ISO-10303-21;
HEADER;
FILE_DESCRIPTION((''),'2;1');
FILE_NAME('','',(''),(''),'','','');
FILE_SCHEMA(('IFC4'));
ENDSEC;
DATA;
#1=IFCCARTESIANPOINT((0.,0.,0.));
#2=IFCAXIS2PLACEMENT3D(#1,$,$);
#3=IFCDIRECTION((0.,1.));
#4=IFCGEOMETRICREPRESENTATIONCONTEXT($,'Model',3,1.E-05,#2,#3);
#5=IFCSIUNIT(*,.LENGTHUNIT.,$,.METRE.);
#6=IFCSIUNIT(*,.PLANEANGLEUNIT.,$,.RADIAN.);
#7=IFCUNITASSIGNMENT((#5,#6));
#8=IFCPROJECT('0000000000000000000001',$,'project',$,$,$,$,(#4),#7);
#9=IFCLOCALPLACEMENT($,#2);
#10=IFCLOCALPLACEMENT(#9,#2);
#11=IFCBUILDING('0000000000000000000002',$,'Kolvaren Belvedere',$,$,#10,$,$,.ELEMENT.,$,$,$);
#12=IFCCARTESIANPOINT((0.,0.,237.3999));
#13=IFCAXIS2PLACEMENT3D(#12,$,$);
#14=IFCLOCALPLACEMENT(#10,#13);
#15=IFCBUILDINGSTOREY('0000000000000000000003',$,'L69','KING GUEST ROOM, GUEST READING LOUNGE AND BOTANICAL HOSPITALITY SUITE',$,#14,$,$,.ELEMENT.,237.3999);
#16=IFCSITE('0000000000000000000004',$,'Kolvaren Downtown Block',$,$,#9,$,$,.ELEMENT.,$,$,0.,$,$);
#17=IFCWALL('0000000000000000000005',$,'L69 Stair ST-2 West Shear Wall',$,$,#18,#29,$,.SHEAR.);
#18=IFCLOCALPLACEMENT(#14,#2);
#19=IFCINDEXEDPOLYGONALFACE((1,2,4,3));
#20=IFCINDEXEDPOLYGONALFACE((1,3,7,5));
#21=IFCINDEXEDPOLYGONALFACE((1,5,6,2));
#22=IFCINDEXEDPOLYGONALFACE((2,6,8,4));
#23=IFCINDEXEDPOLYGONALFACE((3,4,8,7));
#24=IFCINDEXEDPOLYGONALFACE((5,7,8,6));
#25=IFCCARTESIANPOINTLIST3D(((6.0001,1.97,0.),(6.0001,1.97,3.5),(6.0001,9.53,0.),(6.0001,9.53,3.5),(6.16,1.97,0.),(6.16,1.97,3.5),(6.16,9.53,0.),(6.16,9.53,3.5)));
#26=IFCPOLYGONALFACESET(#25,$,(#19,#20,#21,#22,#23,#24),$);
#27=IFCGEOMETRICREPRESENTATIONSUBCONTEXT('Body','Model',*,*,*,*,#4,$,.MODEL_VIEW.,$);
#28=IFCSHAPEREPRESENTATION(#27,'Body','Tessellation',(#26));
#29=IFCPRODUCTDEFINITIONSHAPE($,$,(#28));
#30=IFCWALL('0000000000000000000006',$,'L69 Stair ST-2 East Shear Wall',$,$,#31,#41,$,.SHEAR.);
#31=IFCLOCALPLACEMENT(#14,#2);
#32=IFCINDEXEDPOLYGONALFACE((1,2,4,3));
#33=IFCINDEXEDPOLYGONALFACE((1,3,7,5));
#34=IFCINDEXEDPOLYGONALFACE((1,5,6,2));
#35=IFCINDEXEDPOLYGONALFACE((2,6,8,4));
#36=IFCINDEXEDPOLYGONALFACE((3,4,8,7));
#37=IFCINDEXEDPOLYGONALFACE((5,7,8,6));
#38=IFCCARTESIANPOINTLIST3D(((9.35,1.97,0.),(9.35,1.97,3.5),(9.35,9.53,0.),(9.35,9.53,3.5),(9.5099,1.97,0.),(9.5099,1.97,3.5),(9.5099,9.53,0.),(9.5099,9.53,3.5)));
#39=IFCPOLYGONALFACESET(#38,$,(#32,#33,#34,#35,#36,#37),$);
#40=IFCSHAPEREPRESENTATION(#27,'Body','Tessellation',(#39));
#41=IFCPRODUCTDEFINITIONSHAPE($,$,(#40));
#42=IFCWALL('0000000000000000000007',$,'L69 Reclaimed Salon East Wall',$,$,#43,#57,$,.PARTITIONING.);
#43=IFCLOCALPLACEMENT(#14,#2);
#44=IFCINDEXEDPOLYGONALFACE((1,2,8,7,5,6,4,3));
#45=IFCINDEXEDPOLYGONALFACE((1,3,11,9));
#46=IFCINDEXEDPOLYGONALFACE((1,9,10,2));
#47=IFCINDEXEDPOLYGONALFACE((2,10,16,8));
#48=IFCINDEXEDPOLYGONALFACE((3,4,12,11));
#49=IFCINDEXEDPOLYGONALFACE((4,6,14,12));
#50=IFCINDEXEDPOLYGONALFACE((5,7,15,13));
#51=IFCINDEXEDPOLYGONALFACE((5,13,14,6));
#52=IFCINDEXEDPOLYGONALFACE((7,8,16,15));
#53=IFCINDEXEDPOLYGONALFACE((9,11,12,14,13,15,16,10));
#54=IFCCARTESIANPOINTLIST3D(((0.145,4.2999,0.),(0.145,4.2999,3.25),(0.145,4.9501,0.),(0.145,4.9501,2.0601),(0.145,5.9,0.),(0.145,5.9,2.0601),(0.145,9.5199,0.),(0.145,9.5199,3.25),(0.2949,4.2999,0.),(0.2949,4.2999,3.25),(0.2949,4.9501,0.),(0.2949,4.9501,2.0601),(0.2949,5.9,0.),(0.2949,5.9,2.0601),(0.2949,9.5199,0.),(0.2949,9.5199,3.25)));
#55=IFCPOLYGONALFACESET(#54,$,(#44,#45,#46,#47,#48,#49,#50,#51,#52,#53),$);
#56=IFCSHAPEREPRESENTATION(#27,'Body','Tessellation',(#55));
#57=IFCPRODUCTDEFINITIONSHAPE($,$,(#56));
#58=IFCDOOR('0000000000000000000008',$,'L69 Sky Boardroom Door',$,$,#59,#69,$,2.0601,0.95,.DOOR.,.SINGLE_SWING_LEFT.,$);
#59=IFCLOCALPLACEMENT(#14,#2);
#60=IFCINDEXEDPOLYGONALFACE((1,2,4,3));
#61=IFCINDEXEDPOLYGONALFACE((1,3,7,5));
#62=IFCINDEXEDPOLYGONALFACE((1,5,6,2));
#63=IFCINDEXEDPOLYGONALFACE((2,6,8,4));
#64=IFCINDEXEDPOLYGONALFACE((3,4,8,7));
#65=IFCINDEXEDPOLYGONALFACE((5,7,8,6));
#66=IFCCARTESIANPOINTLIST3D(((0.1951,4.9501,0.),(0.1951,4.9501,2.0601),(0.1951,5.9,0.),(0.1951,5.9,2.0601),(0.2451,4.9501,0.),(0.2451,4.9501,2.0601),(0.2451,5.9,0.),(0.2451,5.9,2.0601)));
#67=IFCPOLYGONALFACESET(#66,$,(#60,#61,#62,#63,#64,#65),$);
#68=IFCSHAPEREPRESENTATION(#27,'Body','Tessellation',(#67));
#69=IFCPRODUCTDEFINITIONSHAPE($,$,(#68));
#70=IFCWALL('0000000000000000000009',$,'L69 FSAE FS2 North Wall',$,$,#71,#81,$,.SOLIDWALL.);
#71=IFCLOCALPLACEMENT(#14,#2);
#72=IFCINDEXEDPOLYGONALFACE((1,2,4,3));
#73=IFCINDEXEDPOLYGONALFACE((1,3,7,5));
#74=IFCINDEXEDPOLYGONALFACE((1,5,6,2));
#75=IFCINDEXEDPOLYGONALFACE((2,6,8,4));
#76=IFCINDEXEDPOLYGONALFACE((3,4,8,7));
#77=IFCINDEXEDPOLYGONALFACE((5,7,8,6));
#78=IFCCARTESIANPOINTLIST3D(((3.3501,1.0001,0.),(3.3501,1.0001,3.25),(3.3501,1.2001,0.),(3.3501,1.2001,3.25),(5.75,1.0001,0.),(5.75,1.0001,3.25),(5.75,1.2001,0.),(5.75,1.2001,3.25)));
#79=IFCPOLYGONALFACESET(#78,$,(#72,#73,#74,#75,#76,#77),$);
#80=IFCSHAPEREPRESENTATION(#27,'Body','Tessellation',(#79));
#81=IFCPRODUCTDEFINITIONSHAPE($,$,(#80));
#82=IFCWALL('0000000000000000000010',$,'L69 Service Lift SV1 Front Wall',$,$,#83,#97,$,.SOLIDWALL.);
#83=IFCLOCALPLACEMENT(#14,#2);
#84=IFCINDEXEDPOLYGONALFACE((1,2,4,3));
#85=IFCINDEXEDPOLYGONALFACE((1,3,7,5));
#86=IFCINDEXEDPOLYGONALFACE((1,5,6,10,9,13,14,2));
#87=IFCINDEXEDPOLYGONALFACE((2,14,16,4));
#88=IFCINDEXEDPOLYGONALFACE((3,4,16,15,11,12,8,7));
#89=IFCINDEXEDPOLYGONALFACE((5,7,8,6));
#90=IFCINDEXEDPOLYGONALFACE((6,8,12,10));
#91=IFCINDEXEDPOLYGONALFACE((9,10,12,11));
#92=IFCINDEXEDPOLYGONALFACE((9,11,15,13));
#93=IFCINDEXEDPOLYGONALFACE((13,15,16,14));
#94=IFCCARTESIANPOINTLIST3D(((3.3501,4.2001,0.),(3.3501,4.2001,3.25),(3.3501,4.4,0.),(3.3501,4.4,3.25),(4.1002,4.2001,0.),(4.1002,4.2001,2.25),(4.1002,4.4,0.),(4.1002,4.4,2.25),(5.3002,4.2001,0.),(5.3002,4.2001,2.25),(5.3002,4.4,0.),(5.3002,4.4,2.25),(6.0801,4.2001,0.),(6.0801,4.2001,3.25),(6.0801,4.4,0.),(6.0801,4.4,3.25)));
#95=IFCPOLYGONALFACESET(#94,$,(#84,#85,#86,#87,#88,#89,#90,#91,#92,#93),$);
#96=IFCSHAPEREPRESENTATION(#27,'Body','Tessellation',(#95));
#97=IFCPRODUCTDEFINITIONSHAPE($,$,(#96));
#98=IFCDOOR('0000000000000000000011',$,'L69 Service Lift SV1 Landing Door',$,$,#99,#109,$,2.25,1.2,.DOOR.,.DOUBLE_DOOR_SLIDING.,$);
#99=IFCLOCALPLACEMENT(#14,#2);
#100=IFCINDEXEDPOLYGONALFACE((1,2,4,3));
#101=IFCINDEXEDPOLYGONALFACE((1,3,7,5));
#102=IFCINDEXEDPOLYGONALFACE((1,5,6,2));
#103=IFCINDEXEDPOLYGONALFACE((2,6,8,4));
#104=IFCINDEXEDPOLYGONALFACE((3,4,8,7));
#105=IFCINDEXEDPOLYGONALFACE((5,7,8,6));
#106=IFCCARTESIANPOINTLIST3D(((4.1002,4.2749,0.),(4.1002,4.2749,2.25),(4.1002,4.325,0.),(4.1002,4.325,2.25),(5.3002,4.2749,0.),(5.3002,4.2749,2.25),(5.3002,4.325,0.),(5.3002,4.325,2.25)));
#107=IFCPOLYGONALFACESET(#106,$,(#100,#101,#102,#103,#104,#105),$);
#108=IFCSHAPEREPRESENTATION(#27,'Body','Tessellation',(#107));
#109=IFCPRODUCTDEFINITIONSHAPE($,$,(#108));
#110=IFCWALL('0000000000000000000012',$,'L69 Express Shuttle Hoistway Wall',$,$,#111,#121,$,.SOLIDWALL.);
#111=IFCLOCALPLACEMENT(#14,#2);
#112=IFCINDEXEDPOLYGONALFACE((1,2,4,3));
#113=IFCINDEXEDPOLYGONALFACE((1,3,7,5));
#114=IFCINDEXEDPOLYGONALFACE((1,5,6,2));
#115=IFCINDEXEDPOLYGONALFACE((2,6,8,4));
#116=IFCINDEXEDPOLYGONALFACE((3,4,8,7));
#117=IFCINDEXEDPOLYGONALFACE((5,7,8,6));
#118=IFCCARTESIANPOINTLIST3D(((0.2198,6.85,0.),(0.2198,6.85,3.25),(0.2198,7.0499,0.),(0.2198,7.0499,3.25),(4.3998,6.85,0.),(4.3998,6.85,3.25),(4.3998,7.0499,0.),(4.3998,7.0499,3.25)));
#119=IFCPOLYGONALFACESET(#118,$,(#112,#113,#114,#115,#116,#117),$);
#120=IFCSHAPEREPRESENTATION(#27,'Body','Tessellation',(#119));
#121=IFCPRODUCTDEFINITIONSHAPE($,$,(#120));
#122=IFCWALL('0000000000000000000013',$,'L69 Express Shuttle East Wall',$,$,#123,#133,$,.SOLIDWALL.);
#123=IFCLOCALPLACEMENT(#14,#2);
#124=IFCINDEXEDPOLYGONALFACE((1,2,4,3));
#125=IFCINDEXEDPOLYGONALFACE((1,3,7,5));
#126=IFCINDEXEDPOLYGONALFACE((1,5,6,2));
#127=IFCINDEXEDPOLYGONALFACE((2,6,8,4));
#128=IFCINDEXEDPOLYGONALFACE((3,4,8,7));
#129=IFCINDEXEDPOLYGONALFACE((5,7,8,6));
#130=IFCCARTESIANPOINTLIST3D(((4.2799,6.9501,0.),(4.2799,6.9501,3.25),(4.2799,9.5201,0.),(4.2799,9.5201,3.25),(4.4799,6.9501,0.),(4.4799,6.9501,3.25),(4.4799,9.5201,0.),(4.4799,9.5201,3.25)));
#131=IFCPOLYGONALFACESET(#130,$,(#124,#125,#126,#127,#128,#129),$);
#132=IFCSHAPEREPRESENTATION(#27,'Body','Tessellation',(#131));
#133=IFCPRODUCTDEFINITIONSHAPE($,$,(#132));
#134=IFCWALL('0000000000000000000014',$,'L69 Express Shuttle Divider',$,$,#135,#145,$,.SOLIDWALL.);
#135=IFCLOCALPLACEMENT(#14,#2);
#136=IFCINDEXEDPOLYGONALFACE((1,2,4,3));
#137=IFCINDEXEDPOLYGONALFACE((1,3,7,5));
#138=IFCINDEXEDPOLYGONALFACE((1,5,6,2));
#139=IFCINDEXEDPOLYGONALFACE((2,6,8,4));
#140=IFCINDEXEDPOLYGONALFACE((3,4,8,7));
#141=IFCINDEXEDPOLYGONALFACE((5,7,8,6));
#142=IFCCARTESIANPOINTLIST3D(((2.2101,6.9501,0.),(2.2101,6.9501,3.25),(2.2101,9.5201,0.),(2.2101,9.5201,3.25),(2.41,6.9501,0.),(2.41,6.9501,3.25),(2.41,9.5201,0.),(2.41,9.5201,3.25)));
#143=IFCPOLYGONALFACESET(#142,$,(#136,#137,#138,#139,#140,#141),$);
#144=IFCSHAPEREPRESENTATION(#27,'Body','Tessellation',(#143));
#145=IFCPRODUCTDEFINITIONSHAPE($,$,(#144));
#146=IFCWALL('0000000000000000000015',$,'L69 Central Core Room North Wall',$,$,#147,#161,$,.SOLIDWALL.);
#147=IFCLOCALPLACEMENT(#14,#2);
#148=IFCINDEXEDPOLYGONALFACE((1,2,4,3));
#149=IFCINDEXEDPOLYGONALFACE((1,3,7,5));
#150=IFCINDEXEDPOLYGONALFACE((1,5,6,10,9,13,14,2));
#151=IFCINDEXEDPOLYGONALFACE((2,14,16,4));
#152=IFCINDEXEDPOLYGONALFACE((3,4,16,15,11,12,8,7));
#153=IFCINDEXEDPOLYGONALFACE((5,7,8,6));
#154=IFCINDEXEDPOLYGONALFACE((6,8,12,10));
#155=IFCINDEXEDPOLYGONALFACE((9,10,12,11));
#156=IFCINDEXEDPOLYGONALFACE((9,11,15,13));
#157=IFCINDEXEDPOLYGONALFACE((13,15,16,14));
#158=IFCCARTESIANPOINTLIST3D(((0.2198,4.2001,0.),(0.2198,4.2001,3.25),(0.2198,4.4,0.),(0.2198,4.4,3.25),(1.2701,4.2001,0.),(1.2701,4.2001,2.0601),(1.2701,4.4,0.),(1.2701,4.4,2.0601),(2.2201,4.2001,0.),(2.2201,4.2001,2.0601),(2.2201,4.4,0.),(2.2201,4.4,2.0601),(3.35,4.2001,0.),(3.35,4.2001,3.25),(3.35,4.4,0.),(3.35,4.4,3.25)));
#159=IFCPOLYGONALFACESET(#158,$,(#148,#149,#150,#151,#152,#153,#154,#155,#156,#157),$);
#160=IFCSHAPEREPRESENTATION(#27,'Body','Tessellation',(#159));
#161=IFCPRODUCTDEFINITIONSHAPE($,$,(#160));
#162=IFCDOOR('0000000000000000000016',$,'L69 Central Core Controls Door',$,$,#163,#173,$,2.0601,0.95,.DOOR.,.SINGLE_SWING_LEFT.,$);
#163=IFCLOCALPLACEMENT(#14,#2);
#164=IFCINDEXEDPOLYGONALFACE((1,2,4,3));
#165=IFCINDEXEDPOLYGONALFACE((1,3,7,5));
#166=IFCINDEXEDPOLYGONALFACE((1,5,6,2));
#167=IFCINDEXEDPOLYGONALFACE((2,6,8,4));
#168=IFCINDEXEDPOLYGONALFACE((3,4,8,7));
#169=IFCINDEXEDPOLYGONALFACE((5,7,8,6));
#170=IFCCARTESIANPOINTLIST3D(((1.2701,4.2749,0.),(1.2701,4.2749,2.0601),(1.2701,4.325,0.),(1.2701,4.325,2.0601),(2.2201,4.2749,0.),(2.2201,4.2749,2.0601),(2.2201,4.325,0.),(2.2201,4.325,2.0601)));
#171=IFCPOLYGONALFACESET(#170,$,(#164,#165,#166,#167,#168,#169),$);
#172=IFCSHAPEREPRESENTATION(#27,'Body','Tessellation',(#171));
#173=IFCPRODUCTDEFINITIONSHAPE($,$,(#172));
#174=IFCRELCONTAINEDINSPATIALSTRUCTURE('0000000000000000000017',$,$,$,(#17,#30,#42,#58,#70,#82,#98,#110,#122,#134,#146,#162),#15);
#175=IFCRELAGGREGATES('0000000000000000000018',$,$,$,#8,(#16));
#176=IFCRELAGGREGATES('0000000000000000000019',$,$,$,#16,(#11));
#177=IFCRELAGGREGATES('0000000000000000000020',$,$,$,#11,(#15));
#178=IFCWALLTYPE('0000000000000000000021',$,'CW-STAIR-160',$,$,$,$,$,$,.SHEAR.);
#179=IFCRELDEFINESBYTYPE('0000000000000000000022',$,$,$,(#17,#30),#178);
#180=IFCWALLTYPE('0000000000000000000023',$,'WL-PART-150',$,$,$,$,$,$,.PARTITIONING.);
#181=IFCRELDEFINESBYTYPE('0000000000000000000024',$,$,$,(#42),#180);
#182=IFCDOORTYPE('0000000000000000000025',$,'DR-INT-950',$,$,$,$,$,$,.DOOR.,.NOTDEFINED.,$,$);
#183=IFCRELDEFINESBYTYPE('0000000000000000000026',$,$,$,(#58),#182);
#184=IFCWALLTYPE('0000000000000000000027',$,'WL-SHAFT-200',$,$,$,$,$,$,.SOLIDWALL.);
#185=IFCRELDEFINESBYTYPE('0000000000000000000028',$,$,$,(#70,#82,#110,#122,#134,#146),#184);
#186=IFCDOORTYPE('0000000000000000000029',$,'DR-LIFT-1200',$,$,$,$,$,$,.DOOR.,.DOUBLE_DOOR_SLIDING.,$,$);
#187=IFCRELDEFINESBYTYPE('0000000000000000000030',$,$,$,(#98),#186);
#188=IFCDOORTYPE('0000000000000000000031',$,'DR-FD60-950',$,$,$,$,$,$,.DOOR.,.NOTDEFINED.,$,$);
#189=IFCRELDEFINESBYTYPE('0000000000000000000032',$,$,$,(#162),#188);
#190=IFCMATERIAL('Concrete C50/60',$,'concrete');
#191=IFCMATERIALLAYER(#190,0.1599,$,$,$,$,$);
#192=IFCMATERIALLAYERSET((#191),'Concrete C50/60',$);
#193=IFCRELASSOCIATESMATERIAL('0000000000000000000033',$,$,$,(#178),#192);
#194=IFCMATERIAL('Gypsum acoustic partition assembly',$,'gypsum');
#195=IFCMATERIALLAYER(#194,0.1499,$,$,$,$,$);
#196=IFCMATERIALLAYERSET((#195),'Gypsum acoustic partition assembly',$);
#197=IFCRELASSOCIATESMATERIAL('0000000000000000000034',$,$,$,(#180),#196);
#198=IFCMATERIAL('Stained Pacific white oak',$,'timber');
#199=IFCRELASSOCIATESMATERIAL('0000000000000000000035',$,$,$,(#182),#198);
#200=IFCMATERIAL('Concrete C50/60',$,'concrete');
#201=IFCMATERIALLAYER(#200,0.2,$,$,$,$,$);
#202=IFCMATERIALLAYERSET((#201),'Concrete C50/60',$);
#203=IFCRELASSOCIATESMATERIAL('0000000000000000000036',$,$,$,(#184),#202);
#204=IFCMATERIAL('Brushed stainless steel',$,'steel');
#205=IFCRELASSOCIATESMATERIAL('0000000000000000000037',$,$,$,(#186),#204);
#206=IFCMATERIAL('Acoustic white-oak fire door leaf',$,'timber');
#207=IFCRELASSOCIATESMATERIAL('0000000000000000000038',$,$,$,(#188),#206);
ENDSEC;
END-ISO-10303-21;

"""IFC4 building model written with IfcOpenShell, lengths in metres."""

from ifc_helpers import new_model, si_unit, direction, frame, frame_2d, origin, place, context, subcontext, project, spatial, rectangle, extrude, material, layer, layer_set, type_object, element, fill, save


model = new_model("IFC4")

# Units and contexts
model_context = context("Model", 3, precision=1e-05, world=origin(), true_north=direction((0.0, 1.0)))
body_context = subcontext(model_context, "Body", "Model", "MODEL_VIEW")
ifc_project = project(units=[si_unit("LENGTHUNIT", "METRE"), si_unit("PLANEANGLEUNIT", "RADIAN")], contexts=[model_context])

# Site, building, storey
site_placement = place(None, origin())
site = spatial("IfcSite", under=ifc_project, at=site_placement, Name="Kolvaren Downtown Block", CompositionType="ELEMENT", RefElevation=0.0)
building_placement = place(site_placement, origin())
building = spatial("IfcBuilding", under=site, at=building_placement, Name="Kolvaren Belvedere", CompositionType="ELEMENT")
storey_placement = place(building_placement, frame((0.0, 0.0, 237.3999)))
storey = spatial("IfcBuildingStorey", under=building, at=storey_placement, Name="L69", Description="KING GUEST ROOM, GUEST READING LOUNGE AND BOTANICAL HOSPITALITY SUITE", CompositionType="ELEMENT", Elevation=237.3999)

# Shared definitions
ifc_material_1 = material(Name="Concrete C50/60", Category="concrete")
ifc_layer_1 = layer(ifc_material_1, 0.1599)
ifc_layer_set_1 = layer_set([ifc_layer_1], Name="Concrete C50/60")
wall_type_1 = type_object("IfcWallType", Name="CW-STAIR-160", PredefinedType="SHEAR", material=ifc_layer_set_1)

# Walls
for number, where, z_axis, x_axis, name in (
    (1, (6.0801, 1.97, 0.0), (0.0, 0.0, 1.0), (0.0, 1.0, 0.0), "L69 Stair ST-2 West Shear Wall"),
    (2, (9.4299, 1.97, 0.0), (0.0, 0.0, 1.0), (0.0, 1.0, 0.0), "L69 Stair ST-2 East Shear Wall"),
):
    element("IfcWall", number, at=place(storey_placement, frame(where, z_axis=z_axis, x_axis=x_axis)), inside=storey, type_object=wall_type_1, Name=name, PredefinedType="SHEAR", context=body_context, shape_type="SweptSolid", body=[
        extrude(rectangle(XDim=7.5601, YDim=0.1599, at=frame_2d((3.78, 0.0))), origin(), (0.0, 0.0, 1.0), 3.5),
    ])

# Wall, opening, door
ifc_material_2 = material(Name="Gypsum acoustic partition assembly", Category="gypsum")
ifc_layer_2 = layer(ifc_material_2, 0.1499)
ifc_layer_set_2 = layer_set([ifc_layer_2], Name="Gypsum acoustic partition assembly")
wall_type_2 = type_object("IfcWallType", Name="WL-PART-150", PredefinedType="PARTITIONING", material=ifc_layer_set_2)
wall_1_placement = place(storey_placement, frame((0.22, 4.3, 0.0), z_axis=(0.0, 0.0, 1.0), x_axis=(0.0, 1.0, 0.0)))
wall_1 = element("IfcWall", 3, at=wall_1_placement, inside=storey, type_object=wall_type_2, Name="L69 Reclaimed Salon East Wall", PredefinedType="PARTITIONING", context=body_context, shape_type="SweptSolid", body=[
    extrude(rectangle(XDim=5.22, YDim=0.1499, at=frame_2d((2.6099, 0.0))), origin(), (0.0, 0.0, 1.0), 3.25),
])
opening_1_placement = place(wall_1_placement, frame((0.6499, 0.0, 0.0)))
opening_1 = element("IfcOpeningElement", 4, at=opening_1_placement, cuts=wall_1, PredefinedType="OPENING", context=body_context, shape_type="SweptSolid", body=[
    extrude(rectangle(XDim=0.95, YDim=2.0601, at=frame_2d((0.4751, 1.03))), frame((0.0, 0.085, 0.0), z_axis=(0.0, -1.0, 0.0), x_axis=(1.0, 0.0, 0.0)), (0.0, 0.0, 1.0), 0.1699),
])
ifc_material_3 = material(Name="Stained Pacific white oak", Category="timber")
door_type_1 = type_object("IfcDoorType", Name="DR-INT-950", OperationType="NOTDEFINED", PredefinedType="DOOR", material=ifc_material_3)
door_1_placement = place(opening_1_placement, origin())
door_1 = element("IfcDoor", 5, at=door_1_placement, inside=storey, type_object=door_type_1, Name="L69 Sky Boardroom Door", OperationType="SINGLE_SWING_LEFT", OverallHeight=2.0601, OverallWidth=0.95, PredefinedType="DOOR", context=body_context, shape_type="SweptSolid", body=[
    extrude(rectangle(XDim=0.95, YDim=2.0601, at=frame_2d((0.4751, 1.03))), frame((0.0, 0.0249, 0.0), z_axis=(0.0, -1.0, 0.0), x_axis=(1.0, 0.0, 0.0)), (0.0, 0.0, 1.0), 0.05),
])
fill(opening_1, door_1)

# Wall
ifc_material_4 = material(Name="Concrete C50/60", Category="concrete")
ifc_layer_3 = layer(ifc_material_4, 0.2)
ifc_layer_set_3 = layer_set([ifc_layer_3], Name="Concrete C50/60")
wall_type_3 = type_object("IfcWallType", Name="WL-SHAFT-200", PredefinedType="SOLIDWALL", material=ifc_layer_set_3)
wall_2_placement = place(storey_placement, frame((3.3501, 1.1001, 0.0), z_axis=(0.0, 0.0, 1.0), x_axis=(1.0, 0.0, 0.0)))
element("IfcWall", 6, at=wall_2_placement, inside=storey, type_object=wall_type_3, Name="L69 FSAE FS2 North Wall", PredefinedType="SOLIDWALL", context=body_context, shape_type="SweptSolid", body=[
    extrude(rectangle(XDim=2.3999, YDim=0.2, at=frame_2d((1.2, 0.0))), origin(), (0.0, 0.0, 1.0), 3.25),
])

# Wall, opening, door
wall_3_placement = place(storey_placement, frame((3.3501, 4.3, 0.0), z_axis=(0.0, 0.0, 1.0), x_axis=(1.0, 0.0, 0.0)))
wall_3 = element("IfcWall", 7, at=wall_3_placement, inside=storey, type_object=wall_type_3, Name="L69 Service Lift SV1 Front Wall", PredefinedType="SOLIDWALL", context=body_context, shape_type="SweptSolid", body=[
    extrude(rectangle(XDim=2.73, YDim=0.2, at=frame_2d((1.365, 0.0))), origin(), (0.0, 0.0, 1.0), 3.25),
])
opening_2_placement = place(wall_3_placement, frame((0.75, 0.0, 0.0)))
opening_2 = element("IfcOpeningElement", 8, at=opening_2_placement, cuts=wall_3, PredefinedType="OPENING", context=body_context, shape_type="SweptSolid", body=[
    extrude(rectangle(XDim=1.2, YDim=2.25, at=frame_2d((0.6001, 1.125))), frame((0.0, 0.1099, 0.0), z_axis=(0.0, -1.0, 0.0), x_axis=(1.0, 0.0, 0.0)), (0.0, 0.0, 1.0), 0.22),
])
ifc_material_5 = material(Name="Brushed stainless steel", Category="steel")
door_type_2 = type_object("IfcDoorType", Name="DR-LIFT-1200", OperationType="DOUBLE_DOOR_SLIDING", PredefinedType="DOOR", material=ifc_material_5)
door_2_placement = place(opening_2_placement, origin())
door_2 = element("IfcDoor", 9, at=door_2_placement, inside=storey, type_object=door_type_2, Name="L69 Service Lift SV1 Landing Door", OperationType="DOUBLE_DOOR_SLIDING", OverallHeight=2.25, OverallWidth=1.2, PredefinedType="DOOR", context=body_context, shape_type="SweptSolid", body=[
    extrude(rectangle(XDim=1.2, YDim=2.25, at=frame_2d((0.6001, 1.125))), frame((0.0, 0.0249, 0.0), z_axis=(0.0, -1.0, 0.0), x_axis=(1.0, 0.0, 0.0)), (0.0, 0.0, 1.0), 0.05),
])
fill(opening_2, door_2)

# Walls
wall_4_placement = place(storey_placement, frame((0.22, 6.95, 0.0), z_axis=(0.0, 0.0, 1.0), x_axis=(1.0, 0.0, 0.0)))
element("IfcWall", 10, at=wall_4_placement, inside=storey, type_object=wall_type_3, Name="L69 Express Shuttle Hoistway Wall", PredefinedType="SOLIDWALL", context=body_context, shape_type="SweptSolid", body=[
    extrude(rectangle(XDim=4.1799, YDim=0.2, at=frame_2d((2.0898, 0.0))), origin(), (0.0, 0.0, 1.0), 3.25),
])
for number, where, z_axis, x_axis, name in (
    (11, (4.3799, 6.95, 0.0), (0.0, 0.0, 1.0), (0.0, 1.0, 0.0), "L69 Express Shuttle East Wall"),
    (12, (2.3101, 6.95, 0.0), (0.0, 0.0, 1.0), (0.0, 1.0, 0.0), "L69 Express Shuttle Divider"),
):
    element("IfcWall", number, at=place(storey_placement, frame(where, z_axis=z_axis, x_axis=x_axis)), inside=storey, type_object=wall_type_3, Name=name, PredefinedType="SOLIDWALL", context=body_context, shape_type="SweptSolid", body=[
        extrude(rectangle(XDim=2.5701, YDim=0.2, at=frame_2d((1.2852, 0.0))), origin(), (0.0, 0.0, 1.0), 3.25),
    ])

# Wall, opening, door
wall_5_placement = place(storey_placement, frame((0.22, 4.3, 0.0), z_axis=(0.0, 0.0, 1.0), x_axis=(1.0, 0.0, 0.0)))
wall_5 = element("IfcWall", 13, at=wall_5_placement, inside=storey, type_object=wall_type_3, Name="L69 Central Core Room North Wall", PredefinedType="SOLIDWALL", context=body_context, shape_type="SweptSolid", body=[
    extrude(rectangle(XDim=3.1301, YDim=0.2, at=frame_2d((1.5649, 0.0))), origin(), (0.0, 0.0, 1.0), 3.25),
])
opening_3_placement = place(wall_5_placement, frame((1.05, 0.0, 0.0)))
opening_3 = element("IfcOpeningElement", 14, at=opening_3_placement, cuts=wall_5, PredefinedType="OPENING", context=body_context, shape_type="SweptSolid", body=[
    extrude(rectangle(XDim=0.95, YDim=2.0601, at=frame_2d((0.4751, 1.03))), frame((0.0, 0.1099, 0.0), z_axis=(0.0, -1.0, 0.0), x_axis=(1.0, 0.0, 0.0)), (0.0, 0.0, 1.0), 0.22),
])
ifc_material_6 = material(Name="Acoustic white-oak fire door leaf", Category="timber")
door_type_3 = type_object("IfcDoorType", Name="DR-FD60-950", OperationType="NOTDEFINED", PredefinedType="DOOR", material=ifc_material_6)
door_3_placement = place(opening_3_placement, origin())
door_3 = element("IfcDoor", 15, at=door_3_placement, inside=storey, type_object=door_type_3, Name="L69 Central Core Controls Door", OperationType="SINGLE_SWING_LEFT", OverallHeight=2.0601, OverallWidth=0.95, PredefinedType="DOOR", context=body_context, shape_type="SweptSolid", body=[
    extrude(rectangle(XDim=0.95, YDim=2.0601, at=frame_2d((0.4751, 1.03))), frame((0.0, 0.0249, 0.0), z_axis=(0.0, -1.0, 0.0), x_axis=(1.0, 0.0, 0.0)), (0.0, 0.0, 1.0), 0.05),
])
fill(opening_3, door_3)

save(model, "model.ifc")
